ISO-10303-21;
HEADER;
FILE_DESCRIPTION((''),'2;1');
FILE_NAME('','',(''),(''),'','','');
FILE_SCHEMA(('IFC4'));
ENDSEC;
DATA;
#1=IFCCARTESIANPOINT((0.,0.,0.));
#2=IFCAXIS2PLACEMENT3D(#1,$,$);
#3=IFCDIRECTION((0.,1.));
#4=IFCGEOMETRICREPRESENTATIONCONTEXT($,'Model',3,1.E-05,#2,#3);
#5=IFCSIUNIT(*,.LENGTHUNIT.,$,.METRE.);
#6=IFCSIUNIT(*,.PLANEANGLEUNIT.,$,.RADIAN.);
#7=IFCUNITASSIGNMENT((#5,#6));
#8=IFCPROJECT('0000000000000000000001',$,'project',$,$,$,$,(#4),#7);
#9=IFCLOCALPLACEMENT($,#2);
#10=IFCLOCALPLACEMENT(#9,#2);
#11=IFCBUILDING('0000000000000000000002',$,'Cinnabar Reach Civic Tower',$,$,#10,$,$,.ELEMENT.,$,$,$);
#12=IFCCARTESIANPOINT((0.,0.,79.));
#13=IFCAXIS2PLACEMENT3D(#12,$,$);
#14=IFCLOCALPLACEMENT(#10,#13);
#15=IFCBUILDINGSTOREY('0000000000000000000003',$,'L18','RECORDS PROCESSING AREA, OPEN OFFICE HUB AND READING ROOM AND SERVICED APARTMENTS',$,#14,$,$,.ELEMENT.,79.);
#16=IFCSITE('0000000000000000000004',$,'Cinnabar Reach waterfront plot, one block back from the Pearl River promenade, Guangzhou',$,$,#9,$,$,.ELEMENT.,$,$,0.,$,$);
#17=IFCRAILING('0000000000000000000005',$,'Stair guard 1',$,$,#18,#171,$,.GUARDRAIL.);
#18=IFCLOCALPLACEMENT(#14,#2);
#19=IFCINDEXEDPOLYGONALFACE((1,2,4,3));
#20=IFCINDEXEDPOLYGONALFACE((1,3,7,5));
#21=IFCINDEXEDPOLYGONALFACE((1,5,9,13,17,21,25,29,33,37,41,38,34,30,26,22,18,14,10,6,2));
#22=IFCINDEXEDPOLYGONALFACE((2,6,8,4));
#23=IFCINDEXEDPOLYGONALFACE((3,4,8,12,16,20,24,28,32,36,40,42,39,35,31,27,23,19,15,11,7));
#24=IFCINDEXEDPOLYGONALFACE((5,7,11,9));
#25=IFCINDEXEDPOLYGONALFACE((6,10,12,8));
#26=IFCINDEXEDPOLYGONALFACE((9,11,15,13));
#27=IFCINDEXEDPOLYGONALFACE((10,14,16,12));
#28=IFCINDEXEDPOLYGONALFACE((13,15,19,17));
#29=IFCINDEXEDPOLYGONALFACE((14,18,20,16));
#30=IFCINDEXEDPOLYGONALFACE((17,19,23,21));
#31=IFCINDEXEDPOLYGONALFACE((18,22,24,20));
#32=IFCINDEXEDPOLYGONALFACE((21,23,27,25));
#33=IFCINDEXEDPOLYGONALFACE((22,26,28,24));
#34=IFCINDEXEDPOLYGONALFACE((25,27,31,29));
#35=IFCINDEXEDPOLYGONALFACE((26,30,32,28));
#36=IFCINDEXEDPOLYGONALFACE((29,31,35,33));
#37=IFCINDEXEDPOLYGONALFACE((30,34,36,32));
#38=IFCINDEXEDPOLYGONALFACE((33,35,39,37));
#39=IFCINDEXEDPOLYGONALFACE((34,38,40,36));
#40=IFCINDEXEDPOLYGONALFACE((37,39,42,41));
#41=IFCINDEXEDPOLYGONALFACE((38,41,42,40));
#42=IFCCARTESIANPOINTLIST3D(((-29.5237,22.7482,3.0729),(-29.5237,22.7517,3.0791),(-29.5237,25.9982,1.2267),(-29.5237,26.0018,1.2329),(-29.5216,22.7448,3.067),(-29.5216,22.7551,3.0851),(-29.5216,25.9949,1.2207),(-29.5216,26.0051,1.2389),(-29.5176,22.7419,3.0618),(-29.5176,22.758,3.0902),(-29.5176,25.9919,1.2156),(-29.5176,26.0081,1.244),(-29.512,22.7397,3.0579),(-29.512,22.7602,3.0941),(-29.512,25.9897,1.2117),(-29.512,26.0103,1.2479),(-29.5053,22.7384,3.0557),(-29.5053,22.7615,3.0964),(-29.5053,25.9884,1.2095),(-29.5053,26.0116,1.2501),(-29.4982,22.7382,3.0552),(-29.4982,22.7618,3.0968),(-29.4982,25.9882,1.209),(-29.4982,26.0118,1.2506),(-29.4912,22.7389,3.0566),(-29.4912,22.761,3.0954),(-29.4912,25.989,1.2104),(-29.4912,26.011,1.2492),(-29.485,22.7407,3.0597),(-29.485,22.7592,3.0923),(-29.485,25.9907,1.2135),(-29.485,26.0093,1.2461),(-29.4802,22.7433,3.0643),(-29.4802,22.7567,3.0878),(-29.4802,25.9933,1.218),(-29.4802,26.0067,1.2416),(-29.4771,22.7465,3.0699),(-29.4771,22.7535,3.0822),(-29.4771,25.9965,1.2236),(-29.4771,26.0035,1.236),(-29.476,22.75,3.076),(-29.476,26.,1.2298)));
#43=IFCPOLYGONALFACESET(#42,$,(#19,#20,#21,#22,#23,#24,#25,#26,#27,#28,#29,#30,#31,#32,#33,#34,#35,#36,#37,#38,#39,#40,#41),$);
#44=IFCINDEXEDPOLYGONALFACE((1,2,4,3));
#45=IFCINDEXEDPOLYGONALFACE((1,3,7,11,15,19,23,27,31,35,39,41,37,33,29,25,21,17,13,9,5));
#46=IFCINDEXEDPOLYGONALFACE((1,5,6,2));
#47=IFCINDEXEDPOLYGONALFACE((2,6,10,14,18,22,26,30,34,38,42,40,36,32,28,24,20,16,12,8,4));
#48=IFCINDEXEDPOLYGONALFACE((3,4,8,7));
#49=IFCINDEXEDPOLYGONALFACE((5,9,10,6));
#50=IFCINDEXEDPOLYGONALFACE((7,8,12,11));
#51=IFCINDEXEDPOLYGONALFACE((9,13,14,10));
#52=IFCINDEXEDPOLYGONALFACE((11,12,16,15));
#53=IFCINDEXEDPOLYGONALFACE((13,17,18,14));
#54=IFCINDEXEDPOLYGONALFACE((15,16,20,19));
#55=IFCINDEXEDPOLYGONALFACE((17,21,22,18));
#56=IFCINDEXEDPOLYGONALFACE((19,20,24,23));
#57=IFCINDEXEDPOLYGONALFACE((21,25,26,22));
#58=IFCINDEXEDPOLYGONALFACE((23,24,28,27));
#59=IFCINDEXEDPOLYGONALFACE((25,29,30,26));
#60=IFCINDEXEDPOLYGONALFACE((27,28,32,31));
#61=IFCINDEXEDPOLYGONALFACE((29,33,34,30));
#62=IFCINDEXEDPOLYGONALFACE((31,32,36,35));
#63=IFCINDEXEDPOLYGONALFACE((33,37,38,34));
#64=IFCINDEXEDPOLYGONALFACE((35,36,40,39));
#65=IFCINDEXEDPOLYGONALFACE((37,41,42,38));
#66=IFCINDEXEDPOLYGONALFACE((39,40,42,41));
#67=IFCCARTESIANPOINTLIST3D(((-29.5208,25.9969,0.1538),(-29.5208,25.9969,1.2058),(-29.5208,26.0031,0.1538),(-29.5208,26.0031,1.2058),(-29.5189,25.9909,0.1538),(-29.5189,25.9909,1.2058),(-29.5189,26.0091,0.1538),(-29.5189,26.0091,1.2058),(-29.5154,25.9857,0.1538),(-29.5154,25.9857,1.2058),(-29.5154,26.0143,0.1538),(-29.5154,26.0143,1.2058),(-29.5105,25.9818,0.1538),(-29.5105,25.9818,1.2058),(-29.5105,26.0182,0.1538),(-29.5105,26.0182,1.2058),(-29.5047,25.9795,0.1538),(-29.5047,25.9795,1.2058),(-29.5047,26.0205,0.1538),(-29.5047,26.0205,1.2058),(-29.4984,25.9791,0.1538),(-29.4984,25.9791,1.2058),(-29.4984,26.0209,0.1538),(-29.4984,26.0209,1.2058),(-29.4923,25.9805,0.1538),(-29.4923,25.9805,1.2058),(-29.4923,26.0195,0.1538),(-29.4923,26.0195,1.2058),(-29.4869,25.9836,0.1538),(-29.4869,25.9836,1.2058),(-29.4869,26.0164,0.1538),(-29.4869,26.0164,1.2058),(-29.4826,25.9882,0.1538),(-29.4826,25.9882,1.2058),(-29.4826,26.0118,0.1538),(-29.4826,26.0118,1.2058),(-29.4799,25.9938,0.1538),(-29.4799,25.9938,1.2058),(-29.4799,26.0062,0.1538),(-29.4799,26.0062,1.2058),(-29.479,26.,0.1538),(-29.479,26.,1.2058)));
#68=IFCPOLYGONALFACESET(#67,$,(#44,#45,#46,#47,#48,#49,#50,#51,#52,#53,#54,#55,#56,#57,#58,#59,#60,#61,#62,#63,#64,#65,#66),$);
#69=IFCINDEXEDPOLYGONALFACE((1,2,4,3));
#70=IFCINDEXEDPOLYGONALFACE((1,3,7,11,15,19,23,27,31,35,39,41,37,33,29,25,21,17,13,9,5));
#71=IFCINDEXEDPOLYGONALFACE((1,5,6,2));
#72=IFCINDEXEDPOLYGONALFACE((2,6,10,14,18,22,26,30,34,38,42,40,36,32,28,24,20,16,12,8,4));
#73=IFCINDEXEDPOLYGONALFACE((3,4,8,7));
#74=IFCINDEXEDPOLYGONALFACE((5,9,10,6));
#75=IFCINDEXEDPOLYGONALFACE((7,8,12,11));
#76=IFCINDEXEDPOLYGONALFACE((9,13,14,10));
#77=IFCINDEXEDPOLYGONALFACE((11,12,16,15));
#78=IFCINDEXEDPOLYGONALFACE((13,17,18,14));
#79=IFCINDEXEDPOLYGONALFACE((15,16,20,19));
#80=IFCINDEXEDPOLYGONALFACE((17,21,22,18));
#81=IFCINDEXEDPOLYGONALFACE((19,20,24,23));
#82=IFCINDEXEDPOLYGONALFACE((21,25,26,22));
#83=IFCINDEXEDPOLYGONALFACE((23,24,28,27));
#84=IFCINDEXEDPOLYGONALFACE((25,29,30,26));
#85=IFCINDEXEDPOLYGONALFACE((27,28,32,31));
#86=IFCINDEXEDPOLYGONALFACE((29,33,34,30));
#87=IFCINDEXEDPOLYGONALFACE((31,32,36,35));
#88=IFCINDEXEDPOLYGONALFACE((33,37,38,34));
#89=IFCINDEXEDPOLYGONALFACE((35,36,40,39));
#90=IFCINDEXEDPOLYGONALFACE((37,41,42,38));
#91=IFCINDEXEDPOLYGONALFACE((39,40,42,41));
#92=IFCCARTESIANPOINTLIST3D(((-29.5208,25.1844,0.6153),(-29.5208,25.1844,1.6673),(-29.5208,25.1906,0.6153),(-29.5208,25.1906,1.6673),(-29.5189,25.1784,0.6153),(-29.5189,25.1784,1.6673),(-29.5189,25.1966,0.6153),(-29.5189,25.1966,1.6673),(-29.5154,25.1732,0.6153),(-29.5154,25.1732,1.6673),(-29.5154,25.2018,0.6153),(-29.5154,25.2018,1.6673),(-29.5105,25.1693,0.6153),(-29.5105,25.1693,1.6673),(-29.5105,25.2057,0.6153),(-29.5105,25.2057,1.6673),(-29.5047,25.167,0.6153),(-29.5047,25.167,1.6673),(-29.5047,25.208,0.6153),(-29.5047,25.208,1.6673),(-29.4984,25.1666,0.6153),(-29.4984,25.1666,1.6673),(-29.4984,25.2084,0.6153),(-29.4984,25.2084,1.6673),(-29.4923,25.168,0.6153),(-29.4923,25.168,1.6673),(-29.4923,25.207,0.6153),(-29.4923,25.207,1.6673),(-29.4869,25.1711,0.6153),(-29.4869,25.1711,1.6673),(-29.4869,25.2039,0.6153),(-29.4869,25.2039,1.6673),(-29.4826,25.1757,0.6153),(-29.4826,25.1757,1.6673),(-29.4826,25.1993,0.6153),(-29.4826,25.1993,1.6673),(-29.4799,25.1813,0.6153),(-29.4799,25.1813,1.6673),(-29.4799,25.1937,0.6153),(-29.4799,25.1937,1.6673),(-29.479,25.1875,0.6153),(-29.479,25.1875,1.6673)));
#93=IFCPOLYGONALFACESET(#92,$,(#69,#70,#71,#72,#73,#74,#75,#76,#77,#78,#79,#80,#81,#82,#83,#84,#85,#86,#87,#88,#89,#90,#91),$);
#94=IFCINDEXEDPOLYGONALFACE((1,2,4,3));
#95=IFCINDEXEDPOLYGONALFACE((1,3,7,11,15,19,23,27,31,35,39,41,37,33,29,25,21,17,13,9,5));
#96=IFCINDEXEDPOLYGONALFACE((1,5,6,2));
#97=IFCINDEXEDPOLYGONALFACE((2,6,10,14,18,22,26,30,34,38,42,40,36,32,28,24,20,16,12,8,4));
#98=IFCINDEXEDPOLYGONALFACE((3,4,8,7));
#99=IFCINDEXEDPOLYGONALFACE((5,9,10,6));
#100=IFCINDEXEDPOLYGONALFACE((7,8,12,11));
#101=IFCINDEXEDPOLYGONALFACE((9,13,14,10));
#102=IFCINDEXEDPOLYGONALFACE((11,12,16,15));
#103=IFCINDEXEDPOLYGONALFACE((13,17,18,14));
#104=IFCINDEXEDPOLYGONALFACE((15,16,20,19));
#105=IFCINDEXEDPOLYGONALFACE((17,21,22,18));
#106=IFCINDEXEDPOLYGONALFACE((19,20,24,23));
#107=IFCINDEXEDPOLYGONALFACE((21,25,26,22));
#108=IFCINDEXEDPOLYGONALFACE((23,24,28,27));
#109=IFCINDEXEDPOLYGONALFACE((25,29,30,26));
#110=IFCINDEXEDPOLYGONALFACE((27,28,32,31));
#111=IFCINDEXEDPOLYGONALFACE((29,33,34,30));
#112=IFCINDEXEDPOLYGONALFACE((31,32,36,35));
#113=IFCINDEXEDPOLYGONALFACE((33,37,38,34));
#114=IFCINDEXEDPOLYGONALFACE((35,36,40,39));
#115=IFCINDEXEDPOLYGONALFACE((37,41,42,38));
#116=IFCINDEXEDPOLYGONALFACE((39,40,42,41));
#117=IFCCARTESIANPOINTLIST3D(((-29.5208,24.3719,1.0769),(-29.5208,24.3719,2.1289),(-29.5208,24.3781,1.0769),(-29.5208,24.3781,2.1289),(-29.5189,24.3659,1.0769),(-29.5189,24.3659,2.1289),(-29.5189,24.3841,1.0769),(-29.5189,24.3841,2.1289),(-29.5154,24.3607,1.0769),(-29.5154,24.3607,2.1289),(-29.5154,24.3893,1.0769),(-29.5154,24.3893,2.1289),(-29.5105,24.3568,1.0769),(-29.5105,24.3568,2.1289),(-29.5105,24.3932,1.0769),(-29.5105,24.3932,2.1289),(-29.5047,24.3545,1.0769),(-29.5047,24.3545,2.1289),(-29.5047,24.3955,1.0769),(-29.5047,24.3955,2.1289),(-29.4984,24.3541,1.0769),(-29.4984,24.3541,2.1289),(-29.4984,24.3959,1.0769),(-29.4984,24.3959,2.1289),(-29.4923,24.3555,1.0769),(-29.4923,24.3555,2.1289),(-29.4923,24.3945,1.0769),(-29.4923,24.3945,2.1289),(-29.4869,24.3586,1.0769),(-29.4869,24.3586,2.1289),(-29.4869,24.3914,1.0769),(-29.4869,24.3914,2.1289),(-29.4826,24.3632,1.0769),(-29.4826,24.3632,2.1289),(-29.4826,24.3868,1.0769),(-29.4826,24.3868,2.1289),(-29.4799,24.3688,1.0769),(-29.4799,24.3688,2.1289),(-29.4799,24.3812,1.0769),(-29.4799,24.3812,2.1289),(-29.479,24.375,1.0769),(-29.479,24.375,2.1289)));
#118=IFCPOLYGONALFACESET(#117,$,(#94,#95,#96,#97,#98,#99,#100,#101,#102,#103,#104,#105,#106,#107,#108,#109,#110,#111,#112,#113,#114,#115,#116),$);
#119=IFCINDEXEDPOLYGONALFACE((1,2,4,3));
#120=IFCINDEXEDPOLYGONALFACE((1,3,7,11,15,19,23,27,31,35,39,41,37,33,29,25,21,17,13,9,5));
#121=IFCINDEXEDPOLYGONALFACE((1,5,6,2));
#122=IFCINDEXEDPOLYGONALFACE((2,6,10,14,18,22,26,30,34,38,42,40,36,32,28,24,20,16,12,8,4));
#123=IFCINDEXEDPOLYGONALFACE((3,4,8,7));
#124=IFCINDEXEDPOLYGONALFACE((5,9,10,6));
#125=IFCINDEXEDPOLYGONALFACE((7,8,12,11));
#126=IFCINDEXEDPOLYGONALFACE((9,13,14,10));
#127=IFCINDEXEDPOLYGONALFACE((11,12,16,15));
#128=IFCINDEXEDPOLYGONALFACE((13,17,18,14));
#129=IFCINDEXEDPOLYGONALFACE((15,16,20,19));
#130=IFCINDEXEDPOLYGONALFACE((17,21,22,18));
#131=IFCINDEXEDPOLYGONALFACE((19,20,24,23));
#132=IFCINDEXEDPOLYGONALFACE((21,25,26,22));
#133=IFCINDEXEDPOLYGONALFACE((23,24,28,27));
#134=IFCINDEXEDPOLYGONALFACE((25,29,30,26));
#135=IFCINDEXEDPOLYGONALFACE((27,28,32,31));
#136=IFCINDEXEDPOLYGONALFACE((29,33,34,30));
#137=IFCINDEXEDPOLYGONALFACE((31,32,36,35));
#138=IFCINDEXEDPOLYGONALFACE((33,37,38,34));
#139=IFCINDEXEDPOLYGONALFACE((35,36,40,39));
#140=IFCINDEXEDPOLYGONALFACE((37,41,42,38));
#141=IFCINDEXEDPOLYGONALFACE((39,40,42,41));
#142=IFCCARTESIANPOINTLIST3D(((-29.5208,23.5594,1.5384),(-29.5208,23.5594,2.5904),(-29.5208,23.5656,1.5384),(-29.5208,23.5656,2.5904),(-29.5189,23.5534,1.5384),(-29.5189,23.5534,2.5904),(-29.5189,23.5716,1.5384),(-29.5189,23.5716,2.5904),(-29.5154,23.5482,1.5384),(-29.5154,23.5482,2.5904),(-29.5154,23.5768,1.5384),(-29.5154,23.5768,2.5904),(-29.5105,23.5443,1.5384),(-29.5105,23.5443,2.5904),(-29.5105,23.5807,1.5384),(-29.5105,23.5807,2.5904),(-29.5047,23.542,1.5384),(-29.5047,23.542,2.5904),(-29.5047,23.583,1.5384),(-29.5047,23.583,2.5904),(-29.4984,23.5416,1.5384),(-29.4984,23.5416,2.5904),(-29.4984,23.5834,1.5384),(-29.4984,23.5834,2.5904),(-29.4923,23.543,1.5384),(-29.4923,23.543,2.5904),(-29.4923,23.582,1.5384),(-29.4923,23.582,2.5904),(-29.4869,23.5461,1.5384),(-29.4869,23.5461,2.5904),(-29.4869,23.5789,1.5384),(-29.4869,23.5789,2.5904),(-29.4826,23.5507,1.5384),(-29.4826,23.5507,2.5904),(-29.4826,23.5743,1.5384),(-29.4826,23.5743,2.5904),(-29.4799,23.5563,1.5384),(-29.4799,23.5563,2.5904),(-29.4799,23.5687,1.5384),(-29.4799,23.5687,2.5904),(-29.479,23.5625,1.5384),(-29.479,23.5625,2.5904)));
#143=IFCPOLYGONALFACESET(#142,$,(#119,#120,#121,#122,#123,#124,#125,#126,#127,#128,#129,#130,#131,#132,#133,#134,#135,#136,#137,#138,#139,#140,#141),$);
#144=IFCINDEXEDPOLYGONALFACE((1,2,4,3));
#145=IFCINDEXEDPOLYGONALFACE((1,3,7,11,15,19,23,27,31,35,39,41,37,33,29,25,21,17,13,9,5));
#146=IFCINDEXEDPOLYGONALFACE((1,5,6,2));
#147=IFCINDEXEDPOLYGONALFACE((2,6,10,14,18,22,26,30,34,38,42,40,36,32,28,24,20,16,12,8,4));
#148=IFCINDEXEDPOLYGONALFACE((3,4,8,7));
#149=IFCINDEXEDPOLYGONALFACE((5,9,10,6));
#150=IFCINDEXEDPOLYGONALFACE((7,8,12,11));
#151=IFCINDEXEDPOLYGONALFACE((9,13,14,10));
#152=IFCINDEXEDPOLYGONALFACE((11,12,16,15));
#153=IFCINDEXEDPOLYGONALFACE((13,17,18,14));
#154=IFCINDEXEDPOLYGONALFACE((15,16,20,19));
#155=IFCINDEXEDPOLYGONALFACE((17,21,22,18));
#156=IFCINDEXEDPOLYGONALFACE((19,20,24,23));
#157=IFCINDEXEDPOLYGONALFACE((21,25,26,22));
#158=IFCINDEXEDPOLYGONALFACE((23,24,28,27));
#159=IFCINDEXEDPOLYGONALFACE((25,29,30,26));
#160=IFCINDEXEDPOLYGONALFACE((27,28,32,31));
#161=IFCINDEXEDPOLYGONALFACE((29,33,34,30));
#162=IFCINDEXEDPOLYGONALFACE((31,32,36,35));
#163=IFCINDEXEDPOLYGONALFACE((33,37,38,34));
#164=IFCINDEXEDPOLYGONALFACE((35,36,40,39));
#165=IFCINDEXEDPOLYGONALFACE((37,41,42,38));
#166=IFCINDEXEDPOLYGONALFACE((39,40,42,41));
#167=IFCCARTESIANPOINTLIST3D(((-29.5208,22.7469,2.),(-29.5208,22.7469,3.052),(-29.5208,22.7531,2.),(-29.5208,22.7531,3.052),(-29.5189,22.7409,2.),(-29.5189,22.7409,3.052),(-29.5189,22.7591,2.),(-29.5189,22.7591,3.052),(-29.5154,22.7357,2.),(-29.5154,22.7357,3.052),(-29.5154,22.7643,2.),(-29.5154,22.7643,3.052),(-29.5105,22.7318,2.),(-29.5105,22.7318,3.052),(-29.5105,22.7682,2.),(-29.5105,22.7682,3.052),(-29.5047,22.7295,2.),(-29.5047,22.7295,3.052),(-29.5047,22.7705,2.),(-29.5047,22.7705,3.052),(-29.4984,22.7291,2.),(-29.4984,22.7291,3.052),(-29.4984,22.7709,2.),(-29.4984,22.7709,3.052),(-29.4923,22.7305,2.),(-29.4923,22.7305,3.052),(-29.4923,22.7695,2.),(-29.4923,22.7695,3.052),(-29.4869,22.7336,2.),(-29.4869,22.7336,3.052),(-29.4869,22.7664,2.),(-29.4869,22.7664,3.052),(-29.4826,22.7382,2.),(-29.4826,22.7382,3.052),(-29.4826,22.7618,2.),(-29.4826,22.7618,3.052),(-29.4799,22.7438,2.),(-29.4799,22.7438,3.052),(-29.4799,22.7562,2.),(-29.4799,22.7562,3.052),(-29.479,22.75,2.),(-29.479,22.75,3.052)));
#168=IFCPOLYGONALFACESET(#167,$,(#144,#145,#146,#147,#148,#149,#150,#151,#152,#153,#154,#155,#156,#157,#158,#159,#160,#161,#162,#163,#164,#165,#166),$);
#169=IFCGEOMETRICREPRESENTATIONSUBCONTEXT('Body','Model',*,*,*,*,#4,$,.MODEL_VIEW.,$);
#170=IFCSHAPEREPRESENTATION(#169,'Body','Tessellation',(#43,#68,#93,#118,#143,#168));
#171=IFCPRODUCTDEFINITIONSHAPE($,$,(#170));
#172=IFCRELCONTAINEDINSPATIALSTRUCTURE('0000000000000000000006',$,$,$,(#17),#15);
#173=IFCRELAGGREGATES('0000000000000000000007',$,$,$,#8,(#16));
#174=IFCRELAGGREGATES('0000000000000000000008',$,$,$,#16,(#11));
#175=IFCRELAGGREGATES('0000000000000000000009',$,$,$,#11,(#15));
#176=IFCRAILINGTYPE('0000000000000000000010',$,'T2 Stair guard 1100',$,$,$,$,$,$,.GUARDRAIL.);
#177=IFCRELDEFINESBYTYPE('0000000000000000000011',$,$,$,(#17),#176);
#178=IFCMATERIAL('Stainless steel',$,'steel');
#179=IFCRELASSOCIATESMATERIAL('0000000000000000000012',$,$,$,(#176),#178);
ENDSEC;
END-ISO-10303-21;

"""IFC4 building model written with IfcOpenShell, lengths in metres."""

from ifc_helpers import new_model, si_unit, direction, frame, origin, origin_2d, place, context, subcontext, project, spatial, circle, extrude, material, type_object, element, save


model = new_model("IFC4")

# Units and contexts
model_context = context("Model", 3, precision=1e-05, world=origin(), true_north=direction((0.0, 1.0)))
body_context = subcontext(model_context, "Body", "Model", "MODEL_VIEW")
ifc_project = project(units=[si_unit("LENGTHUNIT", "METRE"), si_unit("PLANEANGLEUNIT", "RADIAN")], contexts=[model_context])

# Site, building, storey
site_placement = place(None, origin())
site = spatial("IfcSite", under=ifc_project, at=site_placement, Name="Cinnabar Reach waterfront plot, one block back from the Pearl River promenade, Guangzhou", CompositionType="ELEMENT", RefElevation=0.0)
building_placement = place(site_placement, origin())
building = spatial("IfcBuilding", under=site, at=building_placement, Name="Cinnabar Reach Civic Tower", CompositionType="ELEMENT")
storey_placement = place(building_placement, frame((0.0, 0.0, 79.0)))
storey = spatial("IfcBuildingStorey", under=building, at=storey_placement, Name="L18", Description="RECORDS PROCESSING AREA, OPEN OFFICE HUB AND READING ROOM AND SERVICED APARTMENTS", CompositionType="ELEMENT", Elevation=79.0)

# Railing
ifc_material_1 = material(Name="Stainless steel", Category="steel")
railing_type = type_object("IfcRailingType", Name="T2 Stair guard 1100", PredefinedType="GUARDRAIL", material=ifc_material_1)
railing_1_placement = place(storey_placement, frame((-29.5, 26.0, 0.1538)))
element("IfcRailing", 1, at=railing_1_placement, inside=storey, type_object=railing_type, Name="Stair guard 1", PredefinedType="GUARDRAIL", context=body_context, shape_type="SweptSolid", body=[
    extrude(circle(Radius=0.024, at=origin_2d()), frame((0.0, 0.0, 1.076), z_axis=(0.0, -0.869501, 0.49393), x_axis=(1.0, 0.0, 0.0)), (0.0, 0.0, 1.0), 3.7378),
    extrude(circle(Radius=0.021, at=origin_2d()), origin(), (0.0, 0.0, 1.0), 1.052),
    extrude(circle(Radius=0.021, at=origin_2d()), frame((0.0, -0.8125, 0.4615)), (0.0, 0.0, 1.0), 1.052),
    extrude(circle(Radius=0.021, at=origin_2d()), frame((0.0, -1.625, 0.9231)), (0.0, 0.0, 1.0), 1.052),
    extrude(circle(Radius=0.021, at=origin_2d()), frame((0.0, -2.4375, 1.3846)), (0.0, 0.0, 1.0), 1.052),
    extrude(circle(Radius=0.021, at=origin_2d()), frame((0.0, -3.25, 1.8462)), (0.0, 0.0, 1.0), 1.052),
])

save(model, "model.ifc")
